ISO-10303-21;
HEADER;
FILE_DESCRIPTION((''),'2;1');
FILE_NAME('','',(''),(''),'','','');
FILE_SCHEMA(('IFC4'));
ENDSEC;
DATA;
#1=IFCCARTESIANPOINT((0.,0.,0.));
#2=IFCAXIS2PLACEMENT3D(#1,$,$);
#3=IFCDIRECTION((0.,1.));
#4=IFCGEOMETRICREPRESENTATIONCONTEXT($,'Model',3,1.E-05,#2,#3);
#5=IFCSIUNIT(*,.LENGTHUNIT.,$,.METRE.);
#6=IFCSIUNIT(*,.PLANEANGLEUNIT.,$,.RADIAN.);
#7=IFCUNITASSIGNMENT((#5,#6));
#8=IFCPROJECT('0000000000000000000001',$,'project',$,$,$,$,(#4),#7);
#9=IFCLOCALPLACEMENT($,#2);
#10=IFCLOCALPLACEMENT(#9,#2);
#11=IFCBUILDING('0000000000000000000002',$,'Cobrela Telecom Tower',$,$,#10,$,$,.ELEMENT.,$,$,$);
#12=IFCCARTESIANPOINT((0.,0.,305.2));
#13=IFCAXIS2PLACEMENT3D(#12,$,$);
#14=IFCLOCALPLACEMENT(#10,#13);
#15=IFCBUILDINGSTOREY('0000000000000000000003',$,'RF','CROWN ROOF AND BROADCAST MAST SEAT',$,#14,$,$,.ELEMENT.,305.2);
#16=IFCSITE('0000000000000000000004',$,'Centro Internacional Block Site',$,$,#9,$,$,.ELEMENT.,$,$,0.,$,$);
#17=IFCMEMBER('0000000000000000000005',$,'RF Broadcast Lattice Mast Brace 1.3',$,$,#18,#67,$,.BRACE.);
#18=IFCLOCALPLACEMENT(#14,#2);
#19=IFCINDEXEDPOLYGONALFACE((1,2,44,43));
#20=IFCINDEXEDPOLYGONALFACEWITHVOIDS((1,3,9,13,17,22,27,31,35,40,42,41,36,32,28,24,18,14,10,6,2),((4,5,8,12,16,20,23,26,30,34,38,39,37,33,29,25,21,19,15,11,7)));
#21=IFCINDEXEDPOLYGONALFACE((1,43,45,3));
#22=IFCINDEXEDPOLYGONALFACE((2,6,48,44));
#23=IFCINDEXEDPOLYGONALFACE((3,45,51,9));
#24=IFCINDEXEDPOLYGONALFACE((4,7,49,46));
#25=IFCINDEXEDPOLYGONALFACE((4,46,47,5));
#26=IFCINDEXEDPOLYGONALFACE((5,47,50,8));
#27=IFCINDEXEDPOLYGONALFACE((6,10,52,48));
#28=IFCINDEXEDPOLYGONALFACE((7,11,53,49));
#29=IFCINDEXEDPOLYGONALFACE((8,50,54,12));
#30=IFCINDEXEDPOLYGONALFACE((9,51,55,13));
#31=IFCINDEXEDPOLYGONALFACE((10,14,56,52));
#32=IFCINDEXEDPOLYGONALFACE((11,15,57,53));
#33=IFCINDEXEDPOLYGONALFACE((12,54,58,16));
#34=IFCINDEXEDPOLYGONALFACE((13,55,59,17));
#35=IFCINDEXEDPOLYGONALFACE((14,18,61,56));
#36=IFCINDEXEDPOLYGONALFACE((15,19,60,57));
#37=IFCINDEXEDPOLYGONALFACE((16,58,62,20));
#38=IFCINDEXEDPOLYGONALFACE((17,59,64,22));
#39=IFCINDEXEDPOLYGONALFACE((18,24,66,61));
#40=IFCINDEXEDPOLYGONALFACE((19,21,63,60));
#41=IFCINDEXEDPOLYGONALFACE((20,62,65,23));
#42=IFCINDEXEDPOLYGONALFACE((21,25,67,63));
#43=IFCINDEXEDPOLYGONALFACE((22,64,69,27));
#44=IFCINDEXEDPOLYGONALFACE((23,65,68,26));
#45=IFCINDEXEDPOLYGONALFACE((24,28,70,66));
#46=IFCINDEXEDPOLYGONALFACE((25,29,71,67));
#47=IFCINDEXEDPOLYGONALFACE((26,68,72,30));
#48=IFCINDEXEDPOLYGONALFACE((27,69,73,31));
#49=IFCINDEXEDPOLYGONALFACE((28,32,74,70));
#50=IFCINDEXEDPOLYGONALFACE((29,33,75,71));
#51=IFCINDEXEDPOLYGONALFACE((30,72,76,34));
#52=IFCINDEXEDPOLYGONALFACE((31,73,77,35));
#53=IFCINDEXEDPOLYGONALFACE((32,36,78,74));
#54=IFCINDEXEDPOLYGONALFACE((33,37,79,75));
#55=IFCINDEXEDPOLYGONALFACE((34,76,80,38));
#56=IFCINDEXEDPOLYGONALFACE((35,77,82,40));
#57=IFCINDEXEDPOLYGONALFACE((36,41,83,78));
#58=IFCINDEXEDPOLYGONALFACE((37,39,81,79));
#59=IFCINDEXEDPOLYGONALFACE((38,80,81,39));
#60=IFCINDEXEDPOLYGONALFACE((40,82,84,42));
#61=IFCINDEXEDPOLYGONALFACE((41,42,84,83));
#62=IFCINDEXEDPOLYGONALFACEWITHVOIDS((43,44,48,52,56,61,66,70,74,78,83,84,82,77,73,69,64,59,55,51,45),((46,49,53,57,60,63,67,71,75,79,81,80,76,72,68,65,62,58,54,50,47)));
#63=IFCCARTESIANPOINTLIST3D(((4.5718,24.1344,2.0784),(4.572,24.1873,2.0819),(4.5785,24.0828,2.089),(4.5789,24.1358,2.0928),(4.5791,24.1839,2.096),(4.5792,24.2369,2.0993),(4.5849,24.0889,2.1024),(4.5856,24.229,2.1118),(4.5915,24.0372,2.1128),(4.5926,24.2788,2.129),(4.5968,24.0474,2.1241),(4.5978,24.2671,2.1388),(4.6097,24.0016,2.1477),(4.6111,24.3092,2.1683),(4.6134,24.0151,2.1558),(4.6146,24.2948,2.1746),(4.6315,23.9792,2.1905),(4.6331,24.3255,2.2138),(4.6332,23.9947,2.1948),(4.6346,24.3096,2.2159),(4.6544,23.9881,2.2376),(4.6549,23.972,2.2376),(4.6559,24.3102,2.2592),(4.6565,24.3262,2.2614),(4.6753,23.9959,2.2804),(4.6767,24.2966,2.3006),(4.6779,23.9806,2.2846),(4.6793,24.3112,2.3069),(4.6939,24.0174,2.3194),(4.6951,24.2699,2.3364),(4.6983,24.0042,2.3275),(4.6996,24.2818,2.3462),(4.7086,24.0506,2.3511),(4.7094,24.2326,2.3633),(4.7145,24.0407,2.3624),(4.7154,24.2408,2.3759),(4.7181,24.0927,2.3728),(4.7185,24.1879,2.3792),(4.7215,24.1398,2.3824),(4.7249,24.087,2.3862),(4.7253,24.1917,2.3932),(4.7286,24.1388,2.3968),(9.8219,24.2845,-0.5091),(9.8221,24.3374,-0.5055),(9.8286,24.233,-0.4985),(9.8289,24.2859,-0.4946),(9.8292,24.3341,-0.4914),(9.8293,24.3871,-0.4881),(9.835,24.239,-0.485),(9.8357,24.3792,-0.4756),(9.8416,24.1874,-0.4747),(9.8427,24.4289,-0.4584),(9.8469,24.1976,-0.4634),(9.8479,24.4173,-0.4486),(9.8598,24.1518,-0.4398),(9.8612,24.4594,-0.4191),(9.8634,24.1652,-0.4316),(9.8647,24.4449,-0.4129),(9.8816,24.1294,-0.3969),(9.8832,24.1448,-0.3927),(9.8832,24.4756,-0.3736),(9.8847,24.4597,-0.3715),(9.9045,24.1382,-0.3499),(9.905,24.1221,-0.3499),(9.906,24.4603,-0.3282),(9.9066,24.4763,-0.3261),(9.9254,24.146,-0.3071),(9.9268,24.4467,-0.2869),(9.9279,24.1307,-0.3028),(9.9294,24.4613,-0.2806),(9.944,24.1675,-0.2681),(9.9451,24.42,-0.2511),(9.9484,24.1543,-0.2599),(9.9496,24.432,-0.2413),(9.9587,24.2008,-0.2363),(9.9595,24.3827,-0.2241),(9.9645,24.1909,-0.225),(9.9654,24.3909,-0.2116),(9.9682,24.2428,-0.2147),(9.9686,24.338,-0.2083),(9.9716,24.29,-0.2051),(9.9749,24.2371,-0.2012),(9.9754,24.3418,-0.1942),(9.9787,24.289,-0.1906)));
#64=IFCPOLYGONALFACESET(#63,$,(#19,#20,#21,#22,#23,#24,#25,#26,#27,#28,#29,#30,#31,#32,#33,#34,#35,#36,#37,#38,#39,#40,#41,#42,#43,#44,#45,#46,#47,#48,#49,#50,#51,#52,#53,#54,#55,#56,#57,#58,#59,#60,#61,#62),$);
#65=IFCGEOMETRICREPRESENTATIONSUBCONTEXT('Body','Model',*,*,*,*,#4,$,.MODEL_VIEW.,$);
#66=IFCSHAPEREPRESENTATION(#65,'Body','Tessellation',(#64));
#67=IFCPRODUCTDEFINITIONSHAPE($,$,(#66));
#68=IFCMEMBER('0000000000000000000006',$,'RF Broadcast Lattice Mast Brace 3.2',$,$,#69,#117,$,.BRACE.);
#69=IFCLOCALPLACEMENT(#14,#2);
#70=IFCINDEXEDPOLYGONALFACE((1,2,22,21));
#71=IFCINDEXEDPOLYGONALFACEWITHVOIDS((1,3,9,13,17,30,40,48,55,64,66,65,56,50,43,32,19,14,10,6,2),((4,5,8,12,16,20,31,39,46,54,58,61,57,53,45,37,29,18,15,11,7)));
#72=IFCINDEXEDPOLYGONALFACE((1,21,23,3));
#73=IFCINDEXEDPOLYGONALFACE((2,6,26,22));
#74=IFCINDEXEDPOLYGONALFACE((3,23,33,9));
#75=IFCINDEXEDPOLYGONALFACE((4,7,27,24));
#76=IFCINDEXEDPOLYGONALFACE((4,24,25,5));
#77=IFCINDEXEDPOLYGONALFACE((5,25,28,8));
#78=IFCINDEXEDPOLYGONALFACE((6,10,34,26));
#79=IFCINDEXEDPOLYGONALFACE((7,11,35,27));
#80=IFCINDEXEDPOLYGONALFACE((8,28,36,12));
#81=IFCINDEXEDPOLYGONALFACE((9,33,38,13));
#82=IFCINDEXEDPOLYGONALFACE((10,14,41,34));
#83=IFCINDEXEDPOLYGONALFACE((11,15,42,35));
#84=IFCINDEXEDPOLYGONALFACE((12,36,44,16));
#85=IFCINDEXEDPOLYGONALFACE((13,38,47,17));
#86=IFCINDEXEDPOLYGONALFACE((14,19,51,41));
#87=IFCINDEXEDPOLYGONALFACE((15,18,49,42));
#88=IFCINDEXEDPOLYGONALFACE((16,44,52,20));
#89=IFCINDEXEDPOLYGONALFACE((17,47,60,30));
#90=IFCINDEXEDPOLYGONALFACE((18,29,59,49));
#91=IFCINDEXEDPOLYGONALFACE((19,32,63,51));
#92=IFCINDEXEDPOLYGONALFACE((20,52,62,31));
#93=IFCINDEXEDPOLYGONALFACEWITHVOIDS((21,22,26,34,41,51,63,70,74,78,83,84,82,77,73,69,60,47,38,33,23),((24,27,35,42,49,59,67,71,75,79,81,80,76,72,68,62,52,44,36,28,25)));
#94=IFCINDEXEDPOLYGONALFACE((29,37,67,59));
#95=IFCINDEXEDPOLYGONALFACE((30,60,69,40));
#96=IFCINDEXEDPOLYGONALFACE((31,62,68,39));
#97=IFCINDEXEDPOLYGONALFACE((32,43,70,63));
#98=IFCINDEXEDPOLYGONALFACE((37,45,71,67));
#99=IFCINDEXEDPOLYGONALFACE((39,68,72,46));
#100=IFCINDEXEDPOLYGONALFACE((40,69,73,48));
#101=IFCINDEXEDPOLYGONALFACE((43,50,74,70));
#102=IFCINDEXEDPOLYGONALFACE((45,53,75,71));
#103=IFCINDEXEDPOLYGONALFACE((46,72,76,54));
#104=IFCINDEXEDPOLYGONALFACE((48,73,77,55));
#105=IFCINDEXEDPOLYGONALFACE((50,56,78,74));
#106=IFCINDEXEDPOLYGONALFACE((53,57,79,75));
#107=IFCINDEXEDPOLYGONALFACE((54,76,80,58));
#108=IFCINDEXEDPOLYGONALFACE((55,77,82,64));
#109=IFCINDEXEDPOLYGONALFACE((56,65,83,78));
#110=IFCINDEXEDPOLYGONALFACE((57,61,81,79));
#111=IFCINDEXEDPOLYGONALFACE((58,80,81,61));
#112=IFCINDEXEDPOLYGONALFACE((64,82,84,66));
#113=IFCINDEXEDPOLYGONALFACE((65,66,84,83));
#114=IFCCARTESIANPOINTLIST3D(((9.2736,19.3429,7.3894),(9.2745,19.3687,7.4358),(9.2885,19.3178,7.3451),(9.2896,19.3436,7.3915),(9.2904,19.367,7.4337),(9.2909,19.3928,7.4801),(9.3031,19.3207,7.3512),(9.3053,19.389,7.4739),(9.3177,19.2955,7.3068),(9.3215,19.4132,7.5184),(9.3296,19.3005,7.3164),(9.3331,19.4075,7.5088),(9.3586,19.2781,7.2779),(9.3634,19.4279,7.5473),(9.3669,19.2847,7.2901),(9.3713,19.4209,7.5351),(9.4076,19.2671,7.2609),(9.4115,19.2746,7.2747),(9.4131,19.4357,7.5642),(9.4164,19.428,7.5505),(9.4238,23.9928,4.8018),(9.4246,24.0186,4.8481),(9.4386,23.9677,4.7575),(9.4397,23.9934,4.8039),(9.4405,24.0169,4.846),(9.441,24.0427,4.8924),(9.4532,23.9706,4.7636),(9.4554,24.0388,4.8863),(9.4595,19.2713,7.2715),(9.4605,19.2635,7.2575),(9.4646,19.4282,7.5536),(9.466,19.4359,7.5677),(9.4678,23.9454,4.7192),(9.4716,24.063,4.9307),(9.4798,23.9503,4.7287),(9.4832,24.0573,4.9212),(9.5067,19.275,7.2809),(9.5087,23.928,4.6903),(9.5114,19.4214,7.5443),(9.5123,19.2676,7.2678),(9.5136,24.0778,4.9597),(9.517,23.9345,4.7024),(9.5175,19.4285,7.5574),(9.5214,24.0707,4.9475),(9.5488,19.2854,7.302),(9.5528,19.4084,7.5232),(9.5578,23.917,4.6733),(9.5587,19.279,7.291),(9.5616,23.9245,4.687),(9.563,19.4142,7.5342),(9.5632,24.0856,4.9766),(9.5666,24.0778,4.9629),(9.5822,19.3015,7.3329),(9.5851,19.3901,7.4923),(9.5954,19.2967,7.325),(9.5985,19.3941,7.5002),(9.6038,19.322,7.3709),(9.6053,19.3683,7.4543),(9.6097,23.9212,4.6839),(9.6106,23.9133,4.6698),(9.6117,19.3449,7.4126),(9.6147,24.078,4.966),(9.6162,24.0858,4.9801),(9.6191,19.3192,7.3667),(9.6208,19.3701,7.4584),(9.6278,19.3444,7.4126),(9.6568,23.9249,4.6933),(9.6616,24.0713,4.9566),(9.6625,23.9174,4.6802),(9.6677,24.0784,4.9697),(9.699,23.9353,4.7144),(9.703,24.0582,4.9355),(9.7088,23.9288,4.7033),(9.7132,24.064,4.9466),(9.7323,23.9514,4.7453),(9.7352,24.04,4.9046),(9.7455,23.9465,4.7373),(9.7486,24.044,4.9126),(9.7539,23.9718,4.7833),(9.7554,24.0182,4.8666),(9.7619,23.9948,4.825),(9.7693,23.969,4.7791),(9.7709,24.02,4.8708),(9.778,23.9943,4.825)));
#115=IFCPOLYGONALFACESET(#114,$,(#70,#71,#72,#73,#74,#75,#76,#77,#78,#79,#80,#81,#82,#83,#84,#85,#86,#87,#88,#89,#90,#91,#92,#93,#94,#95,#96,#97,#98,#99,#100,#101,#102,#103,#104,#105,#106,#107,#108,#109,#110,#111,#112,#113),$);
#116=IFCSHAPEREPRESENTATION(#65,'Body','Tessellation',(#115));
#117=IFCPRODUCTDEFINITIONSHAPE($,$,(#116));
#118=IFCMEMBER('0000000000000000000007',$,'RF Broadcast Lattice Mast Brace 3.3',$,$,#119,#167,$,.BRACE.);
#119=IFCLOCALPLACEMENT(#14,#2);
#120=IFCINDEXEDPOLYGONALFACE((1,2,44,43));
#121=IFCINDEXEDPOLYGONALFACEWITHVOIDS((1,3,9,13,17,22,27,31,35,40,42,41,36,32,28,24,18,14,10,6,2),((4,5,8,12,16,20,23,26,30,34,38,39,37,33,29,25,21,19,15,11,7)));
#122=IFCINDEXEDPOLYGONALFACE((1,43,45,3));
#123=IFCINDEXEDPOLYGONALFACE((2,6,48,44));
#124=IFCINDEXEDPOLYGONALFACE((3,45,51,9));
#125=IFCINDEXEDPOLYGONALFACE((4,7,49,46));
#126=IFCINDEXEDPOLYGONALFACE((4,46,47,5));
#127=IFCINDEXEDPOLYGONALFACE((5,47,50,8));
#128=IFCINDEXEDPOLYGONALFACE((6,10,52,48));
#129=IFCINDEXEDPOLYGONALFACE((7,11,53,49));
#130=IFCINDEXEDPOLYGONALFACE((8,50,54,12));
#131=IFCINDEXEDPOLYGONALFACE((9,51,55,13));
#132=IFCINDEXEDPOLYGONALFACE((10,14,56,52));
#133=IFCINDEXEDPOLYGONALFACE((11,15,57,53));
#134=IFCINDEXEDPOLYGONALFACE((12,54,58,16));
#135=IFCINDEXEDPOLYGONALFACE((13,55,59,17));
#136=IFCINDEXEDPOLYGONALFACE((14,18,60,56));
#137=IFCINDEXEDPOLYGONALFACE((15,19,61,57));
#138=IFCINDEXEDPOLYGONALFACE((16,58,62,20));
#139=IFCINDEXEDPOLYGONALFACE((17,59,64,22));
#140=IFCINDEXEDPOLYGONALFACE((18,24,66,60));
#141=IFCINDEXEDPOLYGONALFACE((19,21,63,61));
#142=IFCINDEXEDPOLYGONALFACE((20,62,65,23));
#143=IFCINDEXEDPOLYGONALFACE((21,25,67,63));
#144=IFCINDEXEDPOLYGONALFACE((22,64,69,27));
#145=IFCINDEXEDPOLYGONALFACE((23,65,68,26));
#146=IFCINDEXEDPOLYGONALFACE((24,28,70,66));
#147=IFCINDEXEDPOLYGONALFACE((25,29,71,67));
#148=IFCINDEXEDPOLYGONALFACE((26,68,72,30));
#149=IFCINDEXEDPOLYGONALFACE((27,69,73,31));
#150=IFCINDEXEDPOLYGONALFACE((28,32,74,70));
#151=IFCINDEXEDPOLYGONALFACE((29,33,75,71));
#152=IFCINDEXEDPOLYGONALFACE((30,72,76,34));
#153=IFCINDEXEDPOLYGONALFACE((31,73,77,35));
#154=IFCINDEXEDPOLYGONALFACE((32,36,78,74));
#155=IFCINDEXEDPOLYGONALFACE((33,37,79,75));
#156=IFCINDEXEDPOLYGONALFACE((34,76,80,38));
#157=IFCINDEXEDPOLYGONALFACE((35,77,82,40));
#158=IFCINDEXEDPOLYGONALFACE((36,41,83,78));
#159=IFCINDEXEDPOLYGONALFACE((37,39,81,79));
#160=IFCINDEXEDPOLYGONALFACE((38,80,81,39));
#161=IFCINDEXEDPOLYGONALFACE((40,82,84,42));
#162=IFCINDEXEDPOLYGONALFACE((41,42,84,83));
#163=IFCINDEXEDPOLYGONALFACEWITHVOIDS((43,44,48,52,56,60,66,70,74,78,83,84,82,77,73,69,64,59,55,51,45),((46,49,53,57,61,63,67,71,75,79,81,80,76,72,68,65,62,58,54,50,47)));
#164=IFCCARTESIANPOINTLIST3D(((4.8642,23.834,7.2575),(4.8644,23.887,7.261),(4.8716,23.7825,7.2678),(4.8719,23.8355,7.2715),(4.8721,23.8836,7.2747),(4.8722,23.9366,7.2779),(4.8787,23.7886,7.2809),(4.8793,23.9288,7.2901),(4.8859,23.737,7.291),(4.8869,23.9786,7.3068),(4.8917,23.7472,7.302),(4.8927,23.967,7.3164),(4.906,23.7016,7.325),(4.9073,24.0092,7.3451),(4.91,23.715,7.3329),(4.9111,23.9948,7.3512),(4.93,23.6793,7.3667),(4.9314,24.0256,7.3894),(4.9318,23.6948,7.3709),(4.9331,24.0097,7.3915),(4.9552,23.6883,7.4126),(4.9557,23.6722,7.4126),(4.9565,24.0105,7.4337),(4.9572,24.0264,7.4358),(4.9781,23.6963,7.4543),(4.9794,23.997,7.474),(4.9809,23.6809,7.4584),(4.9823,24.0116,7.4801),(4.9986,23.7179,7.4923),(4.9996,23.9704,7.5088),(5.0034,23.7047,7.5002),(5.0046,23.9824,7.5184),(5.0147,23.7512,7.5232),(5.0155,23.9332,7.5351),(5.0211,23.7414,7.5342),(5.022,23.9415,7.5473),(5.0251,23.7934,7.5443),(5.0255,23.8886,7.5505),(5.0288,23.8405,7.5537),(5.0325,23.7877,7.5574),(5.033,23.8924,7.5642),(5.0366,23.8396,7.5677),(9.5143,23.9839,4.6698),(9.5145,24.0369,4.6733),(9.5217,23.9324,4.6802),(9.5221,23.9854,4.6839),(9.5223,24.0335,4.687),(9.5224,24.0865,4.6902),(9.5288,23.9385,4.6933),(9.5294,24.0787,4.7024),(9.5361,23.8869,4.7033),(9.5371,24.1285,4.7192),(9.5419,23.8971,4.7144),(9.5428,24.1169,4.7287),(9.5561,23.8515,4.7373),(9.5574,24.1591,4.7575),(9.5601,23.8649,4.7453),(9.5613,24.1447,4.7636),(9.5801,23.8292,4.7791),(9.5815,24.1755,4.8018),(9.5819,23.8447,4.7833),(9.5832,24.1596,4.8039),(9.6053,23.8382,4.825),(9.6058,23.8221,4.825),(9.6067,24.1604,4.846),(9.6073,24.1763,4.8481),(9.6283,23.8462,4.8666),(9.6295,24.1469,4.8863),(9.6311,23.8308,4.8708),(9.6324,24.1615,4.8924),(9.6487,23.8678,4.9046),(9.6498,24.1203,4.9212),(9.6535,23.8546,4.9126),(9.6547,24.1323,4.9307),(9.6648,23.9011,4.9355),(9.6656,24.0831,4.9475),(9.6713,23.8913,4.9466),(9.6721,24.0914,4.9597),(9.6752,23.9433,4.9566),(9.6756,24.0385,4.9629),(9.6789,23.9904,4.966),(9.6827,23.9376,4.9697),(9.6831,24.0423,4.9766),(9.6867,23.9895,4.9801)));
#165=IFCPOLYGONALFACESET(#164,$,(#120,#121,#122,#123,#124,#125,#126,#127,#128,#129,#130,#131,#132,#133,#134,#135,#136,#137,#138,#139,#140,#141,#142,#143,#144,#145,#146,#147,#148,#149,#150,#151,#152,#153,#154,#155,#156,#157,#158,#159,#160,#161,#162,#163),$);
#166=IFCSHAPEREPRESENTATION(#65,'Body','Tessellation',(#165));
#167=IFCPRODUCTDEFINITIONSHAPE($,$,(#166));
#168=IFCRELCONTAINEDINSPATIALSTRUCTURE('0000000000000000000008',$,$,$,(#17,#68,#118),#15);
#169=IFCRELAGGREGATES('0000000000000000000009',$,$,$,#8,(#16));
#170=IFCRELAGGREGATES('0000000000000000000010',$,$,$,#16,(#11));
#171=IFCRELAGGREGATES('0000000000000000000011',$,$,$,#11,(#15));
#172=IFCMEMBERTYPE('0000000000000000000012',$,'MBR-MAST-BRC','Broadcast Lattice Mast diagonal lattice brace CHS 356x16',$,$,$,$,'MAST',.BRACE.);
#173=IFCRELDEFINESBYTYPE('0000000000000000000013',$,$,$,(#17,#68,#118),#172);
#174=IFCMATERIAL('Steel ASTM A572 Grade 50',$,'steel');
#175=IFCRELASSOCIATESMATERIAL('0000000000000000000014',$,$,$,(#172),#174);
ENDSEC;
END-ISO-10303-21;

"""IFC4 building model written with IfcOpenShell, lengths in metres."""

from ifc_helpers import new_model, si_unit, direction, frame, origin, origin_2d, place, context, subcontext, project, spatial, hollow_circle, extrude, material, material_profile, profile_set, type_object, element, save


model = new_model("IFC4")

# Units and contexts
model_context = context("Model", 3, precision=1e-05, world=origin(), true_north=direction((0.0, 1.0)))
body_context = subcontext(model_context, "Body", "Model", "MODEL_VIEW")
ifc_project = project(units=[si_unit("LENGTHUNIT", "METRE"), si_unit("PLANEANGLEUNIT", "RADIAN")], contexts=[model_context])

# Site, building, storey
site_placement = place(None, origin())
site = spatial("IfcSite", under=ifc_project, at=site_placement, Name="Centro Internacional Block Site", CompositionType="ELEMENT", RefElevation=0.0)
building_placement = place(site_placement, origin())
building = spatial("IfcBuilding", under=site, at=building_placement, Name="Cobrela Telecom Tower", CompositionType="ELEMENT")
storey_placement = place(building_placement, frame((0.0, 0.0, 305.2)))
storey = spatial("IfcBuildingStorey", under=building, at=storey_placement, Name="RF", Description="CROWN ROOF AND BROADCAST MAST SEAT", CompositionType="ELEMENT", Elevation=305.2)

# Shared definitions
ifc_material_1 = material(Name="Steel ASTM A572 Grade 50", Category="steel")

# Members
ifc_material_profile_1 = material_profile(ifc_material_1, hollow_circle(Radius=0.178, WallThickness=0.0161, at=origin_2d()), Name="CHS 356x16")
ifc_profile_set_1 = profile_set([ifc_material_profile_1], Name="Steel ASTM A572 Grade 50")
member_type = type_object("IfcMemberType", Name="MBR-MAST-BRC", Description="Broadcast Lattice Mast diagonal lattice brace CHS 356x16", ElementType="MAST", PredefinedType="BRACE", material=ifc_profile_set_1)
for number, where, z_axis, x_axis, name in (
    (1, (9.8999, 24.3, -0.3499), (-0.896687, -0.025645, 0.441922), (0.028588, -0.999591, 0.0), "RF Broadcast Lattice Mast Brace 1.3"),
):
    element("IfcMember", number, at=place(storey_placement, frame(where, z_axis=z_axis, x_axis=x_axis)), inside=storey, type_object=member_type, Name=name, PredefinedType="BRACE", context=body_context, shape_type="SweptSolid", body=[
        extrude(hollow_circle(Radius=0.178, WallThickness=0.0161, at=origin_2d()), origin(), (0.0, 0.0, 1.0), 5.855),
    ])
member_1_placement = place(storey_placement, frame((9.6001, 24.0, 4.825), z_axis=(-0.028204, -0.873461, 0.486077), x_axis=(0.999479, -0.032273, 0.0)))
element("IfcMember", 2, at=member_1_placement, inside=storey, type_object=member_type, Name="RF Broadcast Lattice Mast Brace 3.2", PredefinedType="BRACE", context=body_context, shape_type="SweptSolid", body=[
    extrude(hollow_circle(Radius=0.178, WallThickness=0.0161, at=origin_2d()), origin(), (0.0, 0.0, 1.0), 5.3235),
])
member_2_placement = place(storey_placement, frame((9.6001, 24.0, 4.825), z_axis=(-0.873473, -0.028157, 0.486058), x_axis=(0.032219, -0.999481, 0.0)))
element("IfcMember", 3, at=member_2_placement, inside=storey, type_object=member_type, Name="RF Broadcast Lattice Mast Brace 3.3", PredefinedType="BRACE", context=body_context, shape_type="SweptSolid", body=[
    extrude(hollow_circle(Radius=0.178, WallThickness=0.0161, at=origin_2d()), origin(), (0.0, 0.0, 1.0), 5.3237),
])

save(model, "model.ifc")
